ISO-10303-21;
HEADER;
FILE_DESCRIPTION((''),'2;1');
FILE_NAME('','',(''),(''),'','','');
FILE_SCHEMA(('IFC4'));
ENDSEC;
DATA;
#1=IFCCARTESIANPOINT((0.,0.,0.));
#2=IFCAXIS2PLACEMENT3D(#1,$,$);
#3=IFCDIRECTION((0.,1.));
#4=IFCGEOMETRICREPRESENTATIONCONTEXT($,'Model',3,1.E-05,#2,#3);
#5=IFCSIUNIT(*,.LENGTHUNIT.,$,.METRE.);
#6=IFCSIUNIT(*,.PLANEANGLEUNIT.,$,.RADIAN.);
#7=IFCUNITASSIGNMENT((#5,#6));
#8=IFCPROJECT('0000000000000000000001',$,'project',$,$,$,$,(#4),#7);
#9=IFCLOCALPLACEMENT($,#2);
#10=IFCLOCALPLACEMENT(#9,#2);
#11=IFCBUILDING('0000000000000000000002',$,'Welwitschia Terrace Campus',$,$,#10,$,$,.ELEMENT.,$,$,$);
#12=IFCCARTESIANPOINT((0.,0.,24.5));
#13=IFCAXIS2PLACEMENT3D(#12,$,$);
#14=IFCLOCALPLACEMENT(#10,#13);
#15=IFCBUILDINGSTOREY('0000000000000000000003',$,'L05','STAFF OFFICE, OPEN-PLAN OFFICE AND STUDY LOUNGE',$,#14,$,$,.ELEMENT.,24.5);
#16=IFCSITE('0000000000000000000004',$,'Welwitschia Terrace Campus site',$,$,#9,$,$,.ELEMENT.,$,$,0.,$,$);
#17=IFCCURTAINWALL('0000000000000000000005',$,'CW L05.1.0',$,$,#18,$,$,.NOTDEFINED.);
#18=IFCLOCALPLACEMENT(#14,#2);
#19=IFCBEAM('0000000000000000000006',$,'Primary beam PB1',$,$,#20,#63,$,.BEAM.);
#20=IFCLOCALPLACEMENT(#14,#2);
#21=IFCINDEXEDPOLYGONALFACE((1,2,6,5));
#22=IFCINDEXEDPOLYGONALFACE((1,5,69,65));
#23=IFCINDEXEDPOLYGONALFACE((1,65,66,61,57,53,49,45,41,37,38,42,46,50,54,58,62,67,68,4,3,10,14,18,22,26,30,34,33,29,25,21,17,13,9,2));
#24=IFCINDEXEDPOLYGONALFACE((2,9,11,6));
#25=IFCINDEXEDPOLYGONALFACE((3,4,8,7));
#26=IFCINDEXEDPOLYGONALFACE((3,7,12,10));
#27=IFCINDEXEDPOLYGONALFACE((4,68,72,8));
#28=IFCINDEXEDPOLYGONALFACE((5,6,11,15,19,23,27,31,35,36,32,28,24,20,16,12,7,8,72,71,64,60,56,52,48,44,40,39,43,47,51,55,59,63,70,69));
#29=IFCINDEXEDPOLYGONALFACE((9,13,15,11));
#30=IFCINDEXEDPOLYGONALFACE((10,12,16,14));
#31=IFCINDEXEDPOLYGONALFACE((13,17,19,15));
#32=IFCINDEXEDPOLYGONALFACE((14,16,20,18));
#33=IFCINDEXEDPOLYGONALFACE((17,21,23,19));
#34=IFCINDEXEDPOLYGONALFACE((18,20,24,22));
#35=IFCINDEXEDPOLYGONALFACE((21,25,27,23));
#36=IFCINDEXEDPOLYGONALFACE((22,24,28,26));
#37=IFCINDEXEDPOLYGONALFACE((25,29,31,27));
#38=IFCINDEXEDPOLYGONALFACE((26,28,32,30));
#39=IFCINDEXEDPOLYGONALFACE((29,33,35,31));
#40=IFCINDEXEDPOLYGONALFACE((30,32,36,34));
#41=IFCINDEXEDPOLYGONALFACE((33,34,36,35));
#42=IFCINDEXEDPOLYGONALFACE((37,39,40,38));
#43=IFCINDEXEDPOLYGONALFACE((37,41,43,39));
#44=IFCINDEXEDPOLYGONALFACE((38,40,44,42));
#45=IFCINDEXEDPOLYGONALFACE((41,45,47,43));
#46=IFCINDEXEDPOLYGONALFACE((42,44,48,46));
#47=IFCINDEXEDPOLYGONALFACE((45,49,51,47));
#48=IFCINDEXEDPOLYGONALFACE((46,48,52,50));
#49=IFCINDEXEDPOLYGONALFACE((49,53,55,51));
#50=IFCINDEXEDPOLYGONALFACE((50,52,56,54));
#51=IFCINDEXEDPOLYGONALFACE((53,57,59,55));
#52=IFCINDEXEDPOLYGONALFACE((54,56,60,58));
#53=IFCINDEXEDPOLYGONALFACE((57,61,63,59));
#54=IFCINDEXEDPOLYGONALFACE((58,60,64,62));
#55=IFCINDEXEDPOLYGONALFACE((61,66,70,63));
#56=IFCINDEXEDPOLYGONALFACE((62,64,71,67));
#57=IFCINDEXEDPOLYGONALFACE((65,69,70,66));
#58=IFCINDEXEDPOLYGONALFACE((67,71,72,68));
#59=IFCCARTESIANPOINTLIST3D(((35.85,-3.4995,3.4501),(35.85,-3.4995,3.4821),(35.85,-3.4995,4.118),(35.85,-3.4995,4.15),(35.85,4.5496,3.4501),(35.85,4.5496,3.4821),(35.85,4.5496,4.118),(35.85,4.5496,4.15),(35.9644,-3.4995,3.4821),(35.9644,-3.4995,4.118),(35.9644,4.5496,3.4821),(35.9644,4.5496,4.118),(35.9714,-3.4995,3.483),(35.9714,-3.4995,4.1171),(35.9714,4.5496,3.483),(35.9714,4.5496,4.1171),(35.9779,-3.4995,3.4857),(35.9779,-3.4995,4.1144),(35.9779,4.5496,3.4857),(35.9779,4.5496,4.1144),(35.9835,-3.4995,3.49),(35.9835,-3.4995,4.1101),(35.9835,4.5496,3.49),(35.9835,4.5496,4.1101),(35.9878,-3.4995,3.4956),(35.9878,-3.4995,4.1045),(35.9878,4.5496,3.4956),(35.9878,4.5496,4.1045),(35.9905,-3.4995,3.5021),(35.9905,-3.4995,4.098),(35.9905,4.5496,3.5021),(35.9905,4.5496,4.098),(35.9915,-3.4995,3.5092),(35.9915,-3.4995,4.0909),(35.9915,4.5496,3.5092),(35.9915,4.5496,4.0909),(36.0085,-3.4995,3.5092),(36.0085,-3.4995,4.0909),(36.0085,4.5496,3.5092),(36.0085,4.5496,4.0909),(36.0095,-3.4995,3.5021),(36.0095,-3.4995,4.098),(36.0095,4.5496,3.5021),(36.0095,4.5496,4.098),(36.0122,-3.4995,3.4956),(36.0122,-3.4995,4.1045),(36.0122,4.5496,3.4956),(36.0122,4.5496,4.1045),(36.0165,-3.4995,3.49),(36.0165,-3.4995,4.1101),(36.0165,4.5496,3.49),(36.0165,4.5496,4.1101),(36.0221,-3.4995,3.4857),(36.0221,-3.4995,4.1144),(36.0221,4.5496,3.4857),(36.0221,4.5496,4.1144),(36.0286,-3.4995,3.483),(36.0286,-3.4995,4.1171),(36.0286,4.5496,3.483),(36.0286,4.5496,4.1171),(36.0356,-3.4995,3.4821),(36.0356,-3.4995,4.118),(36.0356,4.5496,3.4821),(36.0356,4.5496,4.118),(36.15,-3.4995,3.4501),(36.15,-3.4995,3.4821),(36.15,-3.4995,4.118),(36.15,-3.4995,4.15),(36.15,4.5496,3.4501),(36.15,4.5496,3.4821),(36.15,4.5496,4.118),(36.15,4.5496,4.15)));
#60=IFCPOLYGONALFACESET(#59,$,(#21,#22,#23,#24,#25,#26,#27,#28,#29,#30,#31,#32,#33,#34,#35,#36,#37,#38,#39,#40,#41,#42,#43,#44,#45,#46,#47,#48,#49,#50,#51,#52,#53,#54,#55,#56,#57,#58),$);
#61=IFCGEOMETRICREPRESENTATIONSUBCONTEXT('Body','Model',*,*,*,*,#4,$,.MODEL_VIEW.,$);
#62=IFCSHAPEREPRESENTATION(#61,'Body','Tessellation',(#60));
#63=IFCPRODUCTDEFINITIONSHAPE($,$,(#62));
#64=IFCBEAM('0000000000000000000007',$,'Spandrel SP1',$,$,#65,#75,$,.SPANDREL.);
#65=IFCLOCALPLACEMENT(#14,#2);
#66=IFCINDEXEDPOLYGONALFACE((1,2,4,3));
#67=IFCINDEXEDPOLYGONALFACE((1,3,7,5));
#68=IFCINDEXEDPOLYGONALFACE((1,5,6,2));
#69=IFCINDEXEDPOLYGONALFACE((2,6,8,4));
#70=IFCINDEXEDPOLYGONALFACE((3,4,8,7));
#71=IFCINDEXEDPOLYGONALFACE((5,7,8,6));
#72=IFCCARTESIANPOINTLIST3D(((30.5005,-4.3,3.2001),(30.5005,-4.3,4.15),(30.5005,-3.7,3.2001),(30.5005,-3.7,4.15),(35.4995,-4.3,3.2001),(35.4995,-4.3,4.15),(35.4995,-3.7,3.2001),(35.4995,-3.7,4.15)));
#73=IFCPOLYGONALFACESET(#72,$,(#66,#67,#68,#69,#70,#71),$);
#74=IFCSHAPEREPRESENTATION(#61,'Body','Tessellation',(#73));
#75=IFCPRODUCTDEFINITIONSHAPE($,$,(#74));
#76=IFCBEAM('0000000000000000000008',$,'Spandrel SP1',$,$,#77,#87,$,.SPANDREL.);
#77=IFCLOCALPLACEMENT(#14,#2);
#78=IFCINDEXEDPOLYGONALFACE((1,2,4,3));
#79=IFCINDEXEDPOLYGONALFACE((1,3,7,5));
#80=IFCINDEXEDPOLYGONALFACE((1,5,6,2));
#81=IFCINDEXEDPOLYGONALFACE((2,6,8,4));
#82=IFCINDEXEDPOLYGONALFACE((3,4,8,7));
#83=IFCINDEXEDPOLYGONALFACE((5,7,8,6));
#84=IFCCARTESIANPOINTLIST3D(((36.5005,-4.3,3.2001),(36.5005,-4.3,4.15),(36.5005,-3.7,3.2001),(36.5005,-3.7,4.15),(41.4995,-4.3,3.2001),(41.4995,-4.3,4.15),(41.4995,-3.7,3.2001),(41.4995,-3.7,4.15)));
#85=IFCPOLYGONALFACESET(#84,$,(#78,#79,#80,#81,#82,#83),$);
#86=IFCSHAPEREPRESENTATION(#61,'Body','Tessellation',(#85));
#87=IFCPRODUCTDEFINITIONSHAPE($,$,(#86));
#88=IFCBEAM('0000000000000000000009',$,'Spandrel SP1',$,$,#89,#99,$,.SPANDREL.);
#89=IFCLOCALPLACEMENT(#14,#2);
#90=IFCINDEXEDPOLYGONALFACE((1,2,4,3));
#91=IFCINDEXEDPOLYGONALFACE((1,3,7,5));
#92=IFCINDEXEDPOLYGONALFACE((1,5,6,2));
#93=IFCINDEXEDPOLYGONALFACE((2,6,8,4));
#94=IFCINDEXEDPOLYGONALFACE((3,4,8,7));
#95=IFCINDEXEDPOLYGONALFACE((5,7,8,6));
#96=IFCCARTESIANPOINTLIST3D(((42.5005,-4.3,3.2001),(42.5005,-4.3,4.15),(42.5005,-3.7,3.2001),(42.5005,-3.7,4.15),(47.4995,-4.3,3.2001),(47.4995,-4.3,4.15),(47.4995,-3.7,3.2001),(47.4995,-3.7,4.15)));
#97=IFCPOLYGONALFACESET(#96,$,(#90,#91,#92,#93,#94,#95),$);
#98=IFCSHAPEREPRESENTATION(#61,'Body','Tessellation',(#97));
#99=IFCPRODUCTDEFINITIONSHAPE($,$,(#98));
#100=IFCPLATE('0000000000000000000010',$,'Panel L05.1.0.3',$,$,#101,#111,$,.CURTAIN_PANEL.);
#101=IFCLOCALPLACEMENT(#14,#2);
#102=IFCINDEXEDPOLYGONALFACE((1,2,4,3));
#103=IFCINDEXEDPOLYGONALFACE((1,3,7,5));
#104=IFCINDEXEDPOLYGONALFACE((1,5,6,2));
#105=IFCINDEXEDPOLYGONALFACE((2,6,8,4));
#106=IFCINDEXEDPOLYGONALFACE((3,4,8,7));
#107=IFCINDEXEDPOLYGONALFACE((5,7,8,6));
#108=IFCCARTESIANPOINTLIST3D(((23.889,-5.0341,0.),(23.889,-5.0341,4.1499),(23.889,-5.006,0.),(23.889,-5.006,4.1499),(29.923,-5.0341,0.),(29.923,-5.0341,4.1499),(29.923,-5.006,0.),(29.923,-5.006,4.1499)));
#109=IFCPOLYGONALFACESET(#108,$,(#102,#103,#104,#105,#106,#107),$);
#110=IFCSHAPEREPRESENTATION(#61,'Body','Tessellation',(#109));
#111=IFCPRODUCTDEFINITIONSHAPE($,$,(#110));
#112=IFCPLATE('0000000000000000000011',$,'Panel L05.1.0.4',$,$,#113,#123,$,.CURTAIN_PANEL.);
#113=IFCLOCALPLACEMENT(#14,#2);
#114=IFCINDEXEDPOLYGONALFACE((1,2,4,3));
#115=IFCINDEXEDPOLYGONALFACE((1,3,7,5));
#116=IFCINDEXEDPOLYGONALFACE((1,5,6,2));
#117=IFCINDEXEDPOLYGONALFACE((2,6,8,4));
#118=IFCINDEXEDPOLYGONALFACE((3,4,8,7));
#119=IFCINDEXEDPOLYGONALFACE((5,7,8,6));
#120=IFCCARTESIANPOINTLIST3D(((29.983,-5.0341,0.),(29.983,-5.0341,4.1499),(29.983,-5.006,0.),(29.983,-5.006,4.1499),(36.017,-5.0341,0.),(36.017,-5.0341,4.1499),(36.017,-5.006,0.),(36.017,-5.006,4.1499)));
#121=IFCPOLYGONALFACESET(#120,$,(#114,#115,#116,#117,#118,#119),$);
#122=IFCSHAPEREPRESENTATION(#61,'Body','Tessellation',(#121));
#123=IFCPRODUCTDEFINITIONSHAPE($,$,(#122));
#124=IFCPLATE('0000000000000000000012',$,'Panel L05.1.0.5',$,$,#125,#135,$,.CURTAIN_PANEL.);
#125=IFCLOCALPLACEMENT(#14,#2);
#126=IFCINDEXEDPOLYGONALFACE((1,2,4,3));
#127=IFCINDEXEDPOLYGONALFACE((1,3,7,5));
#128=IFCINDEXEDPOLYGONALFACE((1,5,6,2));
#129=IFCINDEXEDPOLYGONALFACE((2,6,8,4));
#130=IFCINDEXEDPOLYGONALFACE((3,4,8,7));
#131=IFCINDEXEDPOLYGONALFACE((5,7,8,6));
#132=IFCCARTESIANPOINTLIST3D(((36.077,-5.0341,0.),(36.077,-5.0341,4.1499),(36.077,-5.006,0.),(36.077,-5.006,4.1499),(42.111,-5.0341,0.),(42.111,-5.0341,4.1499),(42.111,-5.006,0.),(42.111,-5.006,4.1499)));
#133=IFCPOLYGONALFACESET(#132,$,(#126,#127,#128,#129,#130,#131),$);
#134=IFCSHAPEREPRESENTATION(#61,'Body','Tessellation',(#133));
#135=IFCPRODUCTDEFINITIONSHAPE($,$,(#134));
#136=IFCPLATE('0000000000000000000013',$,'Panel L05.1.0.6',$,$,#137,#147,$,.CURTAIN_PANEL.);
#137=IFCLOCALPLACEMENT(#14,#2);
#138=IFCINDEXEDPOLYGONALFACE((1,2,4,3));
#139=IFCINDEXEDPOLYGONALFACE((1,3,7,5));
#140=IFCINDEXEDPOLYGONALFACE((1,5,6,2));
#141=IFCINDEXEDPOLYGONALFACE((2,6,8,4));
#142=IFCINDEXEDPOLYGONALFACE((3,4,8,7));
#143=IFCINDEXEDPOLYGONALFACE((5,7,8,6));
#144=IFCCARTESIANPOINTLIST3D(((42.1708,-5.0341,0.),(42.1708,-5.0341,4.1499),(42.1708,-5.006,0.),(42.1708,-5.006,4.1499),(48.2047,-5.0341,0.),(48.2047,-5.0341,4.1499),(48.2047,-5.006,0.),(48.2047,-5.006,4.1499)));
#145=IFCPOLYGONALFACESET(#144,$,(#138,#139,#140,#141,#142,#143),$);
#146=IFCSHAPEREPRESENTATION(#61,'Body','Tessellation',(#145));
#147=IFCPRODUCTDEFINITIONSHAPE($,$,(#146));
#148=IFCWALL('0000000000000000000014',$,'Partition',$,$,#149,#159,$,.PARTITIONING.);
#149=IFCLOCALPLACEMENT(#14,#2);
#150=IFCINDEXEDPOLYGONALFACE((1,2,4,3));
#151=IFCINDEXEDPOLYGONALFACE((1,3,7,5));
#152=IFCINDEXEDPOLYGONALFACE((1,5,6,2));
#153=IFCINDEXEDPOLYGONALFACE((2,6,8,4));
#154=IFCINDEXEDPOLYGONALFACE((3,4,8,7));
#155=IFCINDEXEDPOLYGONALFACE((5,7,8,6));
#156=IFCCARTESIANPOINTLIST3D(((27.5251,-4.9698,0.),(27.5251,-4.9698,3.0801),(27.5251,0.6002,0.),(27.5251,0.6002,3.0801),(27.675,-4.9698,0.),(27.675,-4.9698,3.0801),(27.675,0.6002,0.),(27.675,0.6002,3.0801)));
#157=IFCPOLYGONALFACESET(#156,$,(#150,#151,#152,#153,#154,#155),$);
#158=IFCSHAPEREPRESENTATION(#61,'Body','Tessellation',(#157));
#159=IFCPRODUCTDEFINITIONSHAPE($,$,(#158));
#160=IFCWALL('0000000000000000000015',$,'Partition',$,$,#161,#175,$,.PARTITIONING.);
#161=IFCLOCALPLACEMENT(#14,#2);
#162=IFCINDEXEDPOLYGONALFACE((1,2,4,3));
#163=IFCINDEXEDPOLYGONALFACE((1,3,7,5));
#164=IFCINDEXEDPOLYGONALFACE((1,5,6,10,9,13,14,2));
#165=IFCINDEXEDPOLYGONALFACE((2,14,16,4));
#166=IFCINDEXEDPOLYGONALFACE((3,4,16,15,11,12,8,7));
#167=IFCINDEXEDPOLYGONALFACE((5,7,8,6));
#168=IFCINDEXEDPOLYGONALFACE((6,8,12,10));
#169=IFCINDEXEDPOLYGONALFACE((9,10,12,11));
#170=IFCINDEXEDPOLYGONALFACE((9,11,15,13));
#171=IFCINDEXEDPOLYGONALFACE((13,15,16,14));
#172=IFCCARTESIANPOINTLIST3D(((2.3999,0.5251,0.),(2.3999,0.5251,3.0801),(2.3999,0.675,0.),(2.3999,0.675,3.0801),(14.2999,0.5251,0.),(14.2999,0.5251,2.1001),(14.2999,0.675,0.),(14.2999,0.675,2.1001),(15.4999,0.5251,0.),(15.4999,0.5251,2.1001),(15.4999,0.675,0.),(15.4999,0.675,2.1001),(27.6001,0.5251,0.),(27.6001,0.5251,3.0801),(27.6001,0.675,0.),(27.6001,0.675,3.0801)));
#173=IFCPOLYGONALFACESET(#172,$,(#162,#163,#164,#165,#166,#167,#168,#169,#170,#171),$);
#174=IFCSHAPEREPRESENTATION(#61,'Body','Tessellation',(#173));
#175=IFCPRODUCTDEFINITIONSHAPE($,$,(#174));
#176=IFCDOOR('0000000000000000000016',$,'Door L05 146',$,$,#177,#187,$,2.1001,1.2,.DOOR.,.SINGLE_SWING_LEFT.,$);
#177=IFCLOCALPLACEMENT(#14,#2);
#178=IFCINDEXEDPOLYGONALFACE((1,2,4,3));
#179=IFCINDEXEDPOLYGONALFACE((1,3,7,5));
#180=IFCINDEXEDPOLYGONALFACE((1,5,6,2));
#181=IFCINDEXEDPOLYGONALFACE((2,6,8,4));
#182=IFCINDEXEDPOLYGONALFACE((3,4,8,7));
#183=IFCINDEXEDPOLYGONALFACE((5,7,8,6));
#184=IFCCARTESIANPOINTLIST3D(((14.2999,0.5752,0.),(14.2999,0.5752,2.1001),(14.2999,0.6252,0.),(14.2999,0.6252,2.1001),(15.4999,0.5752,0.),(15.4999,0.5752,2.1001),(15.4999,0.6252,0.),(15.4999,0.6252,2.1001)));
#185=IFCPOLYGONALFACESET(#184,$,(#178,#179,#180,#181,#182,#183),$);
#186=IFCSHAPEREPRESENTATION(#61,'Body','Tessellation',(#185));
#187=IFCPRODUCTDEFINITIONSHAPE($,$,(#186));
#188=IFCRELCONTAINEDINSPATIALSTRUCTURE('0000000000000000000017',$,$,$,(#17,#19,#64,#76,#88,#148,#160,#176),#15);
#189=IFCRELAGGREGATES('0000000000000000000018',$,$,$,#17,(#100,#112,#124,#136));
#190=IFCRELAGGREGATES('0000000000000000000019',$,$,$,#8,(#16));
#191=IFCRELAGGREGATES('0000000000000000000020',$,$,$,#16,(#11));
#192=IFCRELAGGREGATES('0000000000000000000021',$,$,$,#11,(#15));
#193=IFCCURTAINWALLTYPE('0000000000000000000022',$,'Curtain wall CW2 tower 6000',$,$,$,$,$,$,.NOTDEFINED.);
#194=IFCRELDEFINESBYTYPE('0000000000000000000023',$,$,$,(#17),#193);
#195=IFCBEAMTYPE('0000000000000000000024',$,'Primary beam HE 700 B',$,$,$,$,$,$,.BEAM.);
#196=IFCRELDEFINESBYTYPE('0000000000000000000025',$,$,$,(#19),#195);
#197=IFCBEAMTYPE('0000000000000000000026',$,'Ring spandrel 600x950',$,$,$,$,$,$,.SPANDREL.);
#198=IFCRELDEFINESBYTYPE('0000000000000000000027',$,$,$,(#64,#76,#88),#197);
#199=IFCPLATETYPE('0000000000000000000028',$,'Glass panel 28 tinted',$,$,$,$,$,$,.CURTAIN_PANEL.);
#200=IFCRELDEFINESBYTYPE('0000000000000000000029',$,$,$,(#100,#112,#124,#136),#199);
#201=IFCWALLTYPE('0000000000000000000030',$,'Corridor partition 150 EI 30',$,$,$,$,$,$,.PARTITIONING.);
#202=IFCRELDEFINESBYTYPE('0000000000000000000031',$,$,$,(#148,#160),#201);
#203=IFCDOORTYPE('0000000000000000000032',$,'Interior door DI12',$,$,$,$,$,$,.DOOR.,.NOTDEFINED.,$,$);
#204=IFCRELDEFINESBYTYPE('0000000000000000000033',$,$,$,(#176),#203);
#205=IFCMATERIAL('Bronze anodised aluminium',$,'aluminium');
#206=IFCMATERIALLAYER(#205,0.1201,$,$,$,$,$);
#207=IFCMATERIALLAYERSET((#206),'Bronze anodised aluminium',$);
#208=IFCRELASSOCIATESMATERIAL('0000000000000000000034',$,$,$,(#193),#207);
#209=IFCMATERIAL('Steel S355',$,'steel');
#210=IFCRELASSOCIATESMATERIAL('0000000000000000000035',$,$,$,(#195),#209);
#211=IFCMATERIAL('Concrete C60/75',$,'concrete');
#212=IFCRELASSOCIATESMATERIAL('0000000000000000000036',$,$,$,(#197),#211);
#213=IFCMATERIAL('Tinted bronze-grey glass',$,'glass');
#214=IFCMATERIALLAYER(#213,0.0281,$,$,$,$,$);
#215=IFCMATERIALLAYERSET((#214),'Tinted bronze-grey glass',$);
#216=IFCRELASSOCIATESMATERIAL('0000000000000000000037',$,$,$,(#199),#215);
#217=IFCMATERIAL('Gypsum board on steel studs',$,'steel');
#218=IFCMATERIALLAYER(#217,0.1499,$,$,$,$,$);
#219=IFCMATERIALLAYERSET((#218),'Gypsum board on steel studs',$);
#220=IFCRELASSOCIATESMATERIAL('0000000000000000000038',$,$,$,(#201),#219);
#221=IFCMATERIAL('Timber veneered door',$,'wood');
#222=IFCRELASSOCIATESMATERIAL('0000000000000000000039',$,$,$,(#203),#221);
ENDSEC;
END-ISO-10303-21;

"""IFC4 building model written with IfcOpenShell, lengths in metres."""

from ifc_helpers import new_model, si_unit, direction, frame, frame_2d, origin, origin_2d, place, context, subcontext, project, spatial, rectangle, i_section, extrude, material, layer, layer_set, material_profile, profile_set, type_object, element, fill, aggregate, save


model = new_model("IFC4")

# Units and contexts
model_context = context("Model", 3, precision=1e-05, world=origin(), true_north=direction((0.0, 1.0)))
body_context = subcontext(model_context, "Body", "Model", "MODEL_VIEW")
ifc_project = project(units=[si_unit("LENGTHUNIT", "METRE"), si_unit("PLANEANGLEUNIT", "RADIAN")], contexts=[model_context])

# Site, building, storey
site_placement = place(None, origin())
site = spatial("IfcSite", under=ifc_project, at=site_placement, Name="Welwitschia Terrace Campus site", CompositionType="ELEMENT", RefElevation=0.0)
building_placement = place(site_placement, origin())
building = spatial("IfcBuilding", under=site, at=building_placement, Name="Welwitschia Terrace Campus", CompositionType="ELEMENT")
storey_placement = place(building_placement, frame((0.0, 0.0, 24.5)))
storey = spatial("IfcBuildingStorey", under=building, at=storey_placement, Name="L05", Description="STAFF OFFICE, OPEN-PLAN OFFICE AND STUDY LOUNGE", CompositionType="ELEMENT", Elevation=24.5)

# Curtain wall
ifc_material_1 = material(Name="Bronze anodised aluminium", Category="aluminium")
ifc_layer_1 = layer(ifc_material_1, 0.1201)
ifc_layer_set_1 = layer_set([ifc_layer_1], Name="Bronze anodised aluminium")
curtain_wall_type = type_object("IfcCurtainWallType", Name="Curtain wall CW2 tower 6000", PredefinedType="NOTDEFINED", material=ifc_layer_set_1)
curtain_wall_placement = place(storey_placement, origin())
curtain_wall = element("IfcCurtainWall", 1, at=curtain_wall_placement, inside=storey, type_object=curtain_wall_type, Name="CW L05.1.0", PredefinedType="NOTDEFINED")

# Beams
ifc_material_2 = material(Name="Steel S355", Category="steel")
ifc_material_profile_1 = material_profile(ifc_material_2, i_section(OverallWidth=0.3, OverallDepth=0.7, WebThickness=0.0171, FlangeThickness=0.032, FilletRadius=0.0271, at=origin_2d()))
ifc_profile_set_1 = profile_set([ifc_material_profile_1], Name="Steel S355")
beam_type_1 = type_object("IfcBeamType", Name="Primary beam HE 700 B", PredefinedType="BEAM", material=ifc_profile_set_1)
beam_placement = place(storey_placement, frame((36.0, -3.4995, 3.8), z_axis=(0.0, 1.0, 0.0), x_axis=(-1.0, 0.0, 0.0)))
element("IfcBeam", 2, at=beam_placement, inside=storey, type_object=beam_type_1, Name="Primary beam PB1", PredefinedType="BEAM", context=body_context, shape_type="SweptSolid", body=[
    extrude(i_section(OverallWidth=0.3, OverallDepth=0.7, WebThickness=0.0171, FlangeThickness=0.032, FilletRadius=0.0271, at=origin_2d()), origin(), (0.0, 0.0, 1.0), 8.0491),
])
ifc_material_3 = material(Name="Concrete C60/75", Category="concrete")
ifc_material_profile_2 = material_profile(ifc_material_3, rectangle(XDim=0.6001, YDim=0.95, at=origin_2d()))
ifc_profile_set_2 = profile_set([ifc_material_profile_2], Name="Concrete C60/75")
beam_type_2 = type_object("IfcBeamType", Name="Ring spandrel 600x950", PredefinedType="SPANDREL", material=ifc_profile_set_2)
for number, where, z_axis, x_axis, name in (
    (3, (30.5005, -4.0, 3.675), (1.0, 0.0, 0.0), (0.0, 1.0, 0.0), "Spandrel SP1"),
    (4, (36.5005, -4.0, 3.675), (1.0, 0.0, 0.0), (0.0, 1.0, 0.0), "Spandrel SP1"),
    (5, (42.5005, -4.0, 3.675), (1.0, 0.0, 0.0), (0.0, 1.0, 0.0), "Spandrel SP1"),
):
    element("IfcBeam", number, at=place(storey_placement, frame(where, z_axis=z_axis, x_axis=x_axis)), inside=storey, type_object=beam_type_2, Name=name, PredefinedType="SPANDREL", context=body_context, shape_type="SweptSolid", body=[
        extrude(rectangle(XDim=0.6001, YDim=0.95, at=origin_2d()), origin(), (0.0, 0.0, 1.0), 4.999),
    ])

# Plates
ifc_material_4 = material(Name="Tinted bronze-grey glass", Category="glass")
ifc_layer_2 = layer(ifc_material_4, 0.0281)
ifc_layer_set_2 = layer_set([ifc_layer_2], Name="Tinted bronze-grey glass")
plate_type = type_object("IfcPlateType", Name="Glass panel 28 tinted", PredefinedType="CURTAIN_PANEL", material=ifc_layer_set_2)
plate_1_placement = place(storey_placement, frame((26.906, -5.02, 0.0), z_axis=(0.0, 0.0, 1.0), x_axis=(1.0, 0.0, 0.0)))
plate_1 = element("IfcPlate", 6, at=plate_1_placement, type_object=plate_type, Name="Panel L05.1.0.3", PredefinedType="CURTAIN_PANEL", context=body_context, shape_type="SweptSolid", body=[
    extrude(rectangle(XDim=6.0339, YDim=0.0281, at=origin_2d()), origin(), (0.0, 0.0, 1.0), 4.1499),
])
plate_2_placement = place(storey_placement, frame((33.0, -5.02, 0.0), z_axis=(0.0, 0.0, 1.0), x_axis=(1.0, 0.0, 0.0)))
plate_2 = element("IfcPlate", 7, at=plate_2_placement, type_object=plate_type, Name="Panel L05.1.0.4", PredefinedType="CURTAIN_PANEL", context=body_context, shape_type="SweptSolid", body=[
    extrude(rectangle(XDim=6.0339, YDim=0.0281, at=origin_2d()), origin(), (0.0, 0.0, 1.0), 4.1499),
])
plate_3_placement = place(storey_placement, frame((39.094, -5.02, 0.0), z_axis=(0.0, 0.0, 1.0), x_axis=(1.0, 0.0, 0.0)))
plate_3 = element("IfcPlate", 8, at=plate_3_placement, type_object=plate_type, Name="Panel L05.1.0.5", PredefinedType="CURTAIN_PANEL", context=body_context, shape_type="SweptSolid", body=[
    extrude(rectangle(XDim=6.0339, YDim=0.0281, at=origin_2d()), origin(), (0.0, 0.0, 1.0), 4.1499),
])
plate_4_placement = place(storey_placement, frame((45.1877, -5.02, 0.0), z_axis=(0.0, 0.0, 1.0), x_axis=(1.0, 0.0, 0.0)))
plate_4 = element("IfcPlate", 9, at=plate_4_placement, type_object=plate_type, Name="Panel L05.1.0.6", PredefinedType="CURTAIN_PANEL", context=body_context, shape_type="SweptSolid", body=[
    extrude(rectangle(XDim=6.0339, YDim=0.0281, at=origin_2d()), origin(), (0.0, 0.0, 1.0), 4.1499),
])
aggregate(curtain_wall, [plate_1, plate_2, plate_3, plate_4])

# Wall
ifc_material_5 = material(Name="Gypsum board on steel studs", Category="steel")
ifc_layer_3 = layer(ifc_material_5, 0.1499)
ifc_layer_set_3 = layer_set([ifc_layer_3], Name="Gypsum board on steel studs")
wall_type = type_object("IfcWallType", Name="Corridor partition 150 EI 30", PredefinedType="PARTITIONING", material=ifc_layer_set_3)
wall_1_placement = place(storey_placement, frame((27.6001, -4.97, 0.0), z_axis=(0.0, 0.0, 1.0), x_axis=(0.0, 1.0, 0.0)))
element("IfcWall", 10, at=wall_1_placement, inside=storey, type_object=wall_type, Name="Partition", PredefinedType="PARTITIONING", context=body_context, shape_type="SweptSolid", body=[
    extrude(rectangle(XDim=5.5701, YDim=0.1499, at=frame_2d((2.7852, 0.0))), origin(), (0.0, 0.0, 1.0), 3.0801),
])

# Wall, opening, door
wall_2_placement = place(storey_placement, frame((27.6001, 0.6001, 0.0), z_axis=(0.0, 0.0, 1.0), x_axis=(-1.0, 0.0, 0.0)))
wall_2 = element("IfcWall", 11, at=wall_2_placement, inside=storey, type_object=wall_type, Name="Partition", PredefinedType="PARTITIONING", context=body_context, shape_type="SweptSolid", body=[
    extrude(rectangle(XDim=25.2002, YDim=0.1499, at=frame_2d((12.6001, 0.0))), origin(), (0.0, 0.0, 1.0), 3.0801),
])
opening_placement = place(wall_2_placement, frame((12.1001, 0.0, 0.0)))
opening = element("IfcOpeningElement", 12, at=opening_placement, cuts=wall_2, PredefinedType="OPENING", context=body_context, shape_type="SweptSolid", body=[
    extrude(rectangle(XDim=1.2, YDim=2.1001, at=frame_2d((0.6001, 1.05))), frame((0.0, 0.085, 0.0), z_axis=(0.0, -1.0, 0.0), x_axis=(1.0, 0.0, 0.0)), (0.0, 0.0, 1.0), 0.1699),
])
ifc_material_6 = material(Name="Timber veneered door", Category="wood")
door_type = type_object("IfcDoorType", Name="Interior door DI12", OperationType="NOTDEFINED", PredefinedType="DOOR", material=ifc_material_6)
door_placement = place(opening_placement, origin())
door = element("IfcDoor", 13, at=door_placement, inside=storey, type_object=door_type, Name="Door L05 146", OperationType="SINGLE_SWING_LEFT", OverallHeight=2.1001, OverallWidth=1.2, PredefinedType="DOOR", context=body_context, shape_type="SweptSolid", body=[
    extrude(rectangle(XDim=1.2, YDim=2.1001, at=frame_2d((0.6001, 1.05))), frame((0.0, 0.0249, 0.0), z_axis=(0.0, -1.0, 0.0), x_axis=(1.0, 0.0, 0.0)), (0.0, 0.0, 1.0), 0.05),
])
fill(opening, door)

save(model, "model.ifc")
